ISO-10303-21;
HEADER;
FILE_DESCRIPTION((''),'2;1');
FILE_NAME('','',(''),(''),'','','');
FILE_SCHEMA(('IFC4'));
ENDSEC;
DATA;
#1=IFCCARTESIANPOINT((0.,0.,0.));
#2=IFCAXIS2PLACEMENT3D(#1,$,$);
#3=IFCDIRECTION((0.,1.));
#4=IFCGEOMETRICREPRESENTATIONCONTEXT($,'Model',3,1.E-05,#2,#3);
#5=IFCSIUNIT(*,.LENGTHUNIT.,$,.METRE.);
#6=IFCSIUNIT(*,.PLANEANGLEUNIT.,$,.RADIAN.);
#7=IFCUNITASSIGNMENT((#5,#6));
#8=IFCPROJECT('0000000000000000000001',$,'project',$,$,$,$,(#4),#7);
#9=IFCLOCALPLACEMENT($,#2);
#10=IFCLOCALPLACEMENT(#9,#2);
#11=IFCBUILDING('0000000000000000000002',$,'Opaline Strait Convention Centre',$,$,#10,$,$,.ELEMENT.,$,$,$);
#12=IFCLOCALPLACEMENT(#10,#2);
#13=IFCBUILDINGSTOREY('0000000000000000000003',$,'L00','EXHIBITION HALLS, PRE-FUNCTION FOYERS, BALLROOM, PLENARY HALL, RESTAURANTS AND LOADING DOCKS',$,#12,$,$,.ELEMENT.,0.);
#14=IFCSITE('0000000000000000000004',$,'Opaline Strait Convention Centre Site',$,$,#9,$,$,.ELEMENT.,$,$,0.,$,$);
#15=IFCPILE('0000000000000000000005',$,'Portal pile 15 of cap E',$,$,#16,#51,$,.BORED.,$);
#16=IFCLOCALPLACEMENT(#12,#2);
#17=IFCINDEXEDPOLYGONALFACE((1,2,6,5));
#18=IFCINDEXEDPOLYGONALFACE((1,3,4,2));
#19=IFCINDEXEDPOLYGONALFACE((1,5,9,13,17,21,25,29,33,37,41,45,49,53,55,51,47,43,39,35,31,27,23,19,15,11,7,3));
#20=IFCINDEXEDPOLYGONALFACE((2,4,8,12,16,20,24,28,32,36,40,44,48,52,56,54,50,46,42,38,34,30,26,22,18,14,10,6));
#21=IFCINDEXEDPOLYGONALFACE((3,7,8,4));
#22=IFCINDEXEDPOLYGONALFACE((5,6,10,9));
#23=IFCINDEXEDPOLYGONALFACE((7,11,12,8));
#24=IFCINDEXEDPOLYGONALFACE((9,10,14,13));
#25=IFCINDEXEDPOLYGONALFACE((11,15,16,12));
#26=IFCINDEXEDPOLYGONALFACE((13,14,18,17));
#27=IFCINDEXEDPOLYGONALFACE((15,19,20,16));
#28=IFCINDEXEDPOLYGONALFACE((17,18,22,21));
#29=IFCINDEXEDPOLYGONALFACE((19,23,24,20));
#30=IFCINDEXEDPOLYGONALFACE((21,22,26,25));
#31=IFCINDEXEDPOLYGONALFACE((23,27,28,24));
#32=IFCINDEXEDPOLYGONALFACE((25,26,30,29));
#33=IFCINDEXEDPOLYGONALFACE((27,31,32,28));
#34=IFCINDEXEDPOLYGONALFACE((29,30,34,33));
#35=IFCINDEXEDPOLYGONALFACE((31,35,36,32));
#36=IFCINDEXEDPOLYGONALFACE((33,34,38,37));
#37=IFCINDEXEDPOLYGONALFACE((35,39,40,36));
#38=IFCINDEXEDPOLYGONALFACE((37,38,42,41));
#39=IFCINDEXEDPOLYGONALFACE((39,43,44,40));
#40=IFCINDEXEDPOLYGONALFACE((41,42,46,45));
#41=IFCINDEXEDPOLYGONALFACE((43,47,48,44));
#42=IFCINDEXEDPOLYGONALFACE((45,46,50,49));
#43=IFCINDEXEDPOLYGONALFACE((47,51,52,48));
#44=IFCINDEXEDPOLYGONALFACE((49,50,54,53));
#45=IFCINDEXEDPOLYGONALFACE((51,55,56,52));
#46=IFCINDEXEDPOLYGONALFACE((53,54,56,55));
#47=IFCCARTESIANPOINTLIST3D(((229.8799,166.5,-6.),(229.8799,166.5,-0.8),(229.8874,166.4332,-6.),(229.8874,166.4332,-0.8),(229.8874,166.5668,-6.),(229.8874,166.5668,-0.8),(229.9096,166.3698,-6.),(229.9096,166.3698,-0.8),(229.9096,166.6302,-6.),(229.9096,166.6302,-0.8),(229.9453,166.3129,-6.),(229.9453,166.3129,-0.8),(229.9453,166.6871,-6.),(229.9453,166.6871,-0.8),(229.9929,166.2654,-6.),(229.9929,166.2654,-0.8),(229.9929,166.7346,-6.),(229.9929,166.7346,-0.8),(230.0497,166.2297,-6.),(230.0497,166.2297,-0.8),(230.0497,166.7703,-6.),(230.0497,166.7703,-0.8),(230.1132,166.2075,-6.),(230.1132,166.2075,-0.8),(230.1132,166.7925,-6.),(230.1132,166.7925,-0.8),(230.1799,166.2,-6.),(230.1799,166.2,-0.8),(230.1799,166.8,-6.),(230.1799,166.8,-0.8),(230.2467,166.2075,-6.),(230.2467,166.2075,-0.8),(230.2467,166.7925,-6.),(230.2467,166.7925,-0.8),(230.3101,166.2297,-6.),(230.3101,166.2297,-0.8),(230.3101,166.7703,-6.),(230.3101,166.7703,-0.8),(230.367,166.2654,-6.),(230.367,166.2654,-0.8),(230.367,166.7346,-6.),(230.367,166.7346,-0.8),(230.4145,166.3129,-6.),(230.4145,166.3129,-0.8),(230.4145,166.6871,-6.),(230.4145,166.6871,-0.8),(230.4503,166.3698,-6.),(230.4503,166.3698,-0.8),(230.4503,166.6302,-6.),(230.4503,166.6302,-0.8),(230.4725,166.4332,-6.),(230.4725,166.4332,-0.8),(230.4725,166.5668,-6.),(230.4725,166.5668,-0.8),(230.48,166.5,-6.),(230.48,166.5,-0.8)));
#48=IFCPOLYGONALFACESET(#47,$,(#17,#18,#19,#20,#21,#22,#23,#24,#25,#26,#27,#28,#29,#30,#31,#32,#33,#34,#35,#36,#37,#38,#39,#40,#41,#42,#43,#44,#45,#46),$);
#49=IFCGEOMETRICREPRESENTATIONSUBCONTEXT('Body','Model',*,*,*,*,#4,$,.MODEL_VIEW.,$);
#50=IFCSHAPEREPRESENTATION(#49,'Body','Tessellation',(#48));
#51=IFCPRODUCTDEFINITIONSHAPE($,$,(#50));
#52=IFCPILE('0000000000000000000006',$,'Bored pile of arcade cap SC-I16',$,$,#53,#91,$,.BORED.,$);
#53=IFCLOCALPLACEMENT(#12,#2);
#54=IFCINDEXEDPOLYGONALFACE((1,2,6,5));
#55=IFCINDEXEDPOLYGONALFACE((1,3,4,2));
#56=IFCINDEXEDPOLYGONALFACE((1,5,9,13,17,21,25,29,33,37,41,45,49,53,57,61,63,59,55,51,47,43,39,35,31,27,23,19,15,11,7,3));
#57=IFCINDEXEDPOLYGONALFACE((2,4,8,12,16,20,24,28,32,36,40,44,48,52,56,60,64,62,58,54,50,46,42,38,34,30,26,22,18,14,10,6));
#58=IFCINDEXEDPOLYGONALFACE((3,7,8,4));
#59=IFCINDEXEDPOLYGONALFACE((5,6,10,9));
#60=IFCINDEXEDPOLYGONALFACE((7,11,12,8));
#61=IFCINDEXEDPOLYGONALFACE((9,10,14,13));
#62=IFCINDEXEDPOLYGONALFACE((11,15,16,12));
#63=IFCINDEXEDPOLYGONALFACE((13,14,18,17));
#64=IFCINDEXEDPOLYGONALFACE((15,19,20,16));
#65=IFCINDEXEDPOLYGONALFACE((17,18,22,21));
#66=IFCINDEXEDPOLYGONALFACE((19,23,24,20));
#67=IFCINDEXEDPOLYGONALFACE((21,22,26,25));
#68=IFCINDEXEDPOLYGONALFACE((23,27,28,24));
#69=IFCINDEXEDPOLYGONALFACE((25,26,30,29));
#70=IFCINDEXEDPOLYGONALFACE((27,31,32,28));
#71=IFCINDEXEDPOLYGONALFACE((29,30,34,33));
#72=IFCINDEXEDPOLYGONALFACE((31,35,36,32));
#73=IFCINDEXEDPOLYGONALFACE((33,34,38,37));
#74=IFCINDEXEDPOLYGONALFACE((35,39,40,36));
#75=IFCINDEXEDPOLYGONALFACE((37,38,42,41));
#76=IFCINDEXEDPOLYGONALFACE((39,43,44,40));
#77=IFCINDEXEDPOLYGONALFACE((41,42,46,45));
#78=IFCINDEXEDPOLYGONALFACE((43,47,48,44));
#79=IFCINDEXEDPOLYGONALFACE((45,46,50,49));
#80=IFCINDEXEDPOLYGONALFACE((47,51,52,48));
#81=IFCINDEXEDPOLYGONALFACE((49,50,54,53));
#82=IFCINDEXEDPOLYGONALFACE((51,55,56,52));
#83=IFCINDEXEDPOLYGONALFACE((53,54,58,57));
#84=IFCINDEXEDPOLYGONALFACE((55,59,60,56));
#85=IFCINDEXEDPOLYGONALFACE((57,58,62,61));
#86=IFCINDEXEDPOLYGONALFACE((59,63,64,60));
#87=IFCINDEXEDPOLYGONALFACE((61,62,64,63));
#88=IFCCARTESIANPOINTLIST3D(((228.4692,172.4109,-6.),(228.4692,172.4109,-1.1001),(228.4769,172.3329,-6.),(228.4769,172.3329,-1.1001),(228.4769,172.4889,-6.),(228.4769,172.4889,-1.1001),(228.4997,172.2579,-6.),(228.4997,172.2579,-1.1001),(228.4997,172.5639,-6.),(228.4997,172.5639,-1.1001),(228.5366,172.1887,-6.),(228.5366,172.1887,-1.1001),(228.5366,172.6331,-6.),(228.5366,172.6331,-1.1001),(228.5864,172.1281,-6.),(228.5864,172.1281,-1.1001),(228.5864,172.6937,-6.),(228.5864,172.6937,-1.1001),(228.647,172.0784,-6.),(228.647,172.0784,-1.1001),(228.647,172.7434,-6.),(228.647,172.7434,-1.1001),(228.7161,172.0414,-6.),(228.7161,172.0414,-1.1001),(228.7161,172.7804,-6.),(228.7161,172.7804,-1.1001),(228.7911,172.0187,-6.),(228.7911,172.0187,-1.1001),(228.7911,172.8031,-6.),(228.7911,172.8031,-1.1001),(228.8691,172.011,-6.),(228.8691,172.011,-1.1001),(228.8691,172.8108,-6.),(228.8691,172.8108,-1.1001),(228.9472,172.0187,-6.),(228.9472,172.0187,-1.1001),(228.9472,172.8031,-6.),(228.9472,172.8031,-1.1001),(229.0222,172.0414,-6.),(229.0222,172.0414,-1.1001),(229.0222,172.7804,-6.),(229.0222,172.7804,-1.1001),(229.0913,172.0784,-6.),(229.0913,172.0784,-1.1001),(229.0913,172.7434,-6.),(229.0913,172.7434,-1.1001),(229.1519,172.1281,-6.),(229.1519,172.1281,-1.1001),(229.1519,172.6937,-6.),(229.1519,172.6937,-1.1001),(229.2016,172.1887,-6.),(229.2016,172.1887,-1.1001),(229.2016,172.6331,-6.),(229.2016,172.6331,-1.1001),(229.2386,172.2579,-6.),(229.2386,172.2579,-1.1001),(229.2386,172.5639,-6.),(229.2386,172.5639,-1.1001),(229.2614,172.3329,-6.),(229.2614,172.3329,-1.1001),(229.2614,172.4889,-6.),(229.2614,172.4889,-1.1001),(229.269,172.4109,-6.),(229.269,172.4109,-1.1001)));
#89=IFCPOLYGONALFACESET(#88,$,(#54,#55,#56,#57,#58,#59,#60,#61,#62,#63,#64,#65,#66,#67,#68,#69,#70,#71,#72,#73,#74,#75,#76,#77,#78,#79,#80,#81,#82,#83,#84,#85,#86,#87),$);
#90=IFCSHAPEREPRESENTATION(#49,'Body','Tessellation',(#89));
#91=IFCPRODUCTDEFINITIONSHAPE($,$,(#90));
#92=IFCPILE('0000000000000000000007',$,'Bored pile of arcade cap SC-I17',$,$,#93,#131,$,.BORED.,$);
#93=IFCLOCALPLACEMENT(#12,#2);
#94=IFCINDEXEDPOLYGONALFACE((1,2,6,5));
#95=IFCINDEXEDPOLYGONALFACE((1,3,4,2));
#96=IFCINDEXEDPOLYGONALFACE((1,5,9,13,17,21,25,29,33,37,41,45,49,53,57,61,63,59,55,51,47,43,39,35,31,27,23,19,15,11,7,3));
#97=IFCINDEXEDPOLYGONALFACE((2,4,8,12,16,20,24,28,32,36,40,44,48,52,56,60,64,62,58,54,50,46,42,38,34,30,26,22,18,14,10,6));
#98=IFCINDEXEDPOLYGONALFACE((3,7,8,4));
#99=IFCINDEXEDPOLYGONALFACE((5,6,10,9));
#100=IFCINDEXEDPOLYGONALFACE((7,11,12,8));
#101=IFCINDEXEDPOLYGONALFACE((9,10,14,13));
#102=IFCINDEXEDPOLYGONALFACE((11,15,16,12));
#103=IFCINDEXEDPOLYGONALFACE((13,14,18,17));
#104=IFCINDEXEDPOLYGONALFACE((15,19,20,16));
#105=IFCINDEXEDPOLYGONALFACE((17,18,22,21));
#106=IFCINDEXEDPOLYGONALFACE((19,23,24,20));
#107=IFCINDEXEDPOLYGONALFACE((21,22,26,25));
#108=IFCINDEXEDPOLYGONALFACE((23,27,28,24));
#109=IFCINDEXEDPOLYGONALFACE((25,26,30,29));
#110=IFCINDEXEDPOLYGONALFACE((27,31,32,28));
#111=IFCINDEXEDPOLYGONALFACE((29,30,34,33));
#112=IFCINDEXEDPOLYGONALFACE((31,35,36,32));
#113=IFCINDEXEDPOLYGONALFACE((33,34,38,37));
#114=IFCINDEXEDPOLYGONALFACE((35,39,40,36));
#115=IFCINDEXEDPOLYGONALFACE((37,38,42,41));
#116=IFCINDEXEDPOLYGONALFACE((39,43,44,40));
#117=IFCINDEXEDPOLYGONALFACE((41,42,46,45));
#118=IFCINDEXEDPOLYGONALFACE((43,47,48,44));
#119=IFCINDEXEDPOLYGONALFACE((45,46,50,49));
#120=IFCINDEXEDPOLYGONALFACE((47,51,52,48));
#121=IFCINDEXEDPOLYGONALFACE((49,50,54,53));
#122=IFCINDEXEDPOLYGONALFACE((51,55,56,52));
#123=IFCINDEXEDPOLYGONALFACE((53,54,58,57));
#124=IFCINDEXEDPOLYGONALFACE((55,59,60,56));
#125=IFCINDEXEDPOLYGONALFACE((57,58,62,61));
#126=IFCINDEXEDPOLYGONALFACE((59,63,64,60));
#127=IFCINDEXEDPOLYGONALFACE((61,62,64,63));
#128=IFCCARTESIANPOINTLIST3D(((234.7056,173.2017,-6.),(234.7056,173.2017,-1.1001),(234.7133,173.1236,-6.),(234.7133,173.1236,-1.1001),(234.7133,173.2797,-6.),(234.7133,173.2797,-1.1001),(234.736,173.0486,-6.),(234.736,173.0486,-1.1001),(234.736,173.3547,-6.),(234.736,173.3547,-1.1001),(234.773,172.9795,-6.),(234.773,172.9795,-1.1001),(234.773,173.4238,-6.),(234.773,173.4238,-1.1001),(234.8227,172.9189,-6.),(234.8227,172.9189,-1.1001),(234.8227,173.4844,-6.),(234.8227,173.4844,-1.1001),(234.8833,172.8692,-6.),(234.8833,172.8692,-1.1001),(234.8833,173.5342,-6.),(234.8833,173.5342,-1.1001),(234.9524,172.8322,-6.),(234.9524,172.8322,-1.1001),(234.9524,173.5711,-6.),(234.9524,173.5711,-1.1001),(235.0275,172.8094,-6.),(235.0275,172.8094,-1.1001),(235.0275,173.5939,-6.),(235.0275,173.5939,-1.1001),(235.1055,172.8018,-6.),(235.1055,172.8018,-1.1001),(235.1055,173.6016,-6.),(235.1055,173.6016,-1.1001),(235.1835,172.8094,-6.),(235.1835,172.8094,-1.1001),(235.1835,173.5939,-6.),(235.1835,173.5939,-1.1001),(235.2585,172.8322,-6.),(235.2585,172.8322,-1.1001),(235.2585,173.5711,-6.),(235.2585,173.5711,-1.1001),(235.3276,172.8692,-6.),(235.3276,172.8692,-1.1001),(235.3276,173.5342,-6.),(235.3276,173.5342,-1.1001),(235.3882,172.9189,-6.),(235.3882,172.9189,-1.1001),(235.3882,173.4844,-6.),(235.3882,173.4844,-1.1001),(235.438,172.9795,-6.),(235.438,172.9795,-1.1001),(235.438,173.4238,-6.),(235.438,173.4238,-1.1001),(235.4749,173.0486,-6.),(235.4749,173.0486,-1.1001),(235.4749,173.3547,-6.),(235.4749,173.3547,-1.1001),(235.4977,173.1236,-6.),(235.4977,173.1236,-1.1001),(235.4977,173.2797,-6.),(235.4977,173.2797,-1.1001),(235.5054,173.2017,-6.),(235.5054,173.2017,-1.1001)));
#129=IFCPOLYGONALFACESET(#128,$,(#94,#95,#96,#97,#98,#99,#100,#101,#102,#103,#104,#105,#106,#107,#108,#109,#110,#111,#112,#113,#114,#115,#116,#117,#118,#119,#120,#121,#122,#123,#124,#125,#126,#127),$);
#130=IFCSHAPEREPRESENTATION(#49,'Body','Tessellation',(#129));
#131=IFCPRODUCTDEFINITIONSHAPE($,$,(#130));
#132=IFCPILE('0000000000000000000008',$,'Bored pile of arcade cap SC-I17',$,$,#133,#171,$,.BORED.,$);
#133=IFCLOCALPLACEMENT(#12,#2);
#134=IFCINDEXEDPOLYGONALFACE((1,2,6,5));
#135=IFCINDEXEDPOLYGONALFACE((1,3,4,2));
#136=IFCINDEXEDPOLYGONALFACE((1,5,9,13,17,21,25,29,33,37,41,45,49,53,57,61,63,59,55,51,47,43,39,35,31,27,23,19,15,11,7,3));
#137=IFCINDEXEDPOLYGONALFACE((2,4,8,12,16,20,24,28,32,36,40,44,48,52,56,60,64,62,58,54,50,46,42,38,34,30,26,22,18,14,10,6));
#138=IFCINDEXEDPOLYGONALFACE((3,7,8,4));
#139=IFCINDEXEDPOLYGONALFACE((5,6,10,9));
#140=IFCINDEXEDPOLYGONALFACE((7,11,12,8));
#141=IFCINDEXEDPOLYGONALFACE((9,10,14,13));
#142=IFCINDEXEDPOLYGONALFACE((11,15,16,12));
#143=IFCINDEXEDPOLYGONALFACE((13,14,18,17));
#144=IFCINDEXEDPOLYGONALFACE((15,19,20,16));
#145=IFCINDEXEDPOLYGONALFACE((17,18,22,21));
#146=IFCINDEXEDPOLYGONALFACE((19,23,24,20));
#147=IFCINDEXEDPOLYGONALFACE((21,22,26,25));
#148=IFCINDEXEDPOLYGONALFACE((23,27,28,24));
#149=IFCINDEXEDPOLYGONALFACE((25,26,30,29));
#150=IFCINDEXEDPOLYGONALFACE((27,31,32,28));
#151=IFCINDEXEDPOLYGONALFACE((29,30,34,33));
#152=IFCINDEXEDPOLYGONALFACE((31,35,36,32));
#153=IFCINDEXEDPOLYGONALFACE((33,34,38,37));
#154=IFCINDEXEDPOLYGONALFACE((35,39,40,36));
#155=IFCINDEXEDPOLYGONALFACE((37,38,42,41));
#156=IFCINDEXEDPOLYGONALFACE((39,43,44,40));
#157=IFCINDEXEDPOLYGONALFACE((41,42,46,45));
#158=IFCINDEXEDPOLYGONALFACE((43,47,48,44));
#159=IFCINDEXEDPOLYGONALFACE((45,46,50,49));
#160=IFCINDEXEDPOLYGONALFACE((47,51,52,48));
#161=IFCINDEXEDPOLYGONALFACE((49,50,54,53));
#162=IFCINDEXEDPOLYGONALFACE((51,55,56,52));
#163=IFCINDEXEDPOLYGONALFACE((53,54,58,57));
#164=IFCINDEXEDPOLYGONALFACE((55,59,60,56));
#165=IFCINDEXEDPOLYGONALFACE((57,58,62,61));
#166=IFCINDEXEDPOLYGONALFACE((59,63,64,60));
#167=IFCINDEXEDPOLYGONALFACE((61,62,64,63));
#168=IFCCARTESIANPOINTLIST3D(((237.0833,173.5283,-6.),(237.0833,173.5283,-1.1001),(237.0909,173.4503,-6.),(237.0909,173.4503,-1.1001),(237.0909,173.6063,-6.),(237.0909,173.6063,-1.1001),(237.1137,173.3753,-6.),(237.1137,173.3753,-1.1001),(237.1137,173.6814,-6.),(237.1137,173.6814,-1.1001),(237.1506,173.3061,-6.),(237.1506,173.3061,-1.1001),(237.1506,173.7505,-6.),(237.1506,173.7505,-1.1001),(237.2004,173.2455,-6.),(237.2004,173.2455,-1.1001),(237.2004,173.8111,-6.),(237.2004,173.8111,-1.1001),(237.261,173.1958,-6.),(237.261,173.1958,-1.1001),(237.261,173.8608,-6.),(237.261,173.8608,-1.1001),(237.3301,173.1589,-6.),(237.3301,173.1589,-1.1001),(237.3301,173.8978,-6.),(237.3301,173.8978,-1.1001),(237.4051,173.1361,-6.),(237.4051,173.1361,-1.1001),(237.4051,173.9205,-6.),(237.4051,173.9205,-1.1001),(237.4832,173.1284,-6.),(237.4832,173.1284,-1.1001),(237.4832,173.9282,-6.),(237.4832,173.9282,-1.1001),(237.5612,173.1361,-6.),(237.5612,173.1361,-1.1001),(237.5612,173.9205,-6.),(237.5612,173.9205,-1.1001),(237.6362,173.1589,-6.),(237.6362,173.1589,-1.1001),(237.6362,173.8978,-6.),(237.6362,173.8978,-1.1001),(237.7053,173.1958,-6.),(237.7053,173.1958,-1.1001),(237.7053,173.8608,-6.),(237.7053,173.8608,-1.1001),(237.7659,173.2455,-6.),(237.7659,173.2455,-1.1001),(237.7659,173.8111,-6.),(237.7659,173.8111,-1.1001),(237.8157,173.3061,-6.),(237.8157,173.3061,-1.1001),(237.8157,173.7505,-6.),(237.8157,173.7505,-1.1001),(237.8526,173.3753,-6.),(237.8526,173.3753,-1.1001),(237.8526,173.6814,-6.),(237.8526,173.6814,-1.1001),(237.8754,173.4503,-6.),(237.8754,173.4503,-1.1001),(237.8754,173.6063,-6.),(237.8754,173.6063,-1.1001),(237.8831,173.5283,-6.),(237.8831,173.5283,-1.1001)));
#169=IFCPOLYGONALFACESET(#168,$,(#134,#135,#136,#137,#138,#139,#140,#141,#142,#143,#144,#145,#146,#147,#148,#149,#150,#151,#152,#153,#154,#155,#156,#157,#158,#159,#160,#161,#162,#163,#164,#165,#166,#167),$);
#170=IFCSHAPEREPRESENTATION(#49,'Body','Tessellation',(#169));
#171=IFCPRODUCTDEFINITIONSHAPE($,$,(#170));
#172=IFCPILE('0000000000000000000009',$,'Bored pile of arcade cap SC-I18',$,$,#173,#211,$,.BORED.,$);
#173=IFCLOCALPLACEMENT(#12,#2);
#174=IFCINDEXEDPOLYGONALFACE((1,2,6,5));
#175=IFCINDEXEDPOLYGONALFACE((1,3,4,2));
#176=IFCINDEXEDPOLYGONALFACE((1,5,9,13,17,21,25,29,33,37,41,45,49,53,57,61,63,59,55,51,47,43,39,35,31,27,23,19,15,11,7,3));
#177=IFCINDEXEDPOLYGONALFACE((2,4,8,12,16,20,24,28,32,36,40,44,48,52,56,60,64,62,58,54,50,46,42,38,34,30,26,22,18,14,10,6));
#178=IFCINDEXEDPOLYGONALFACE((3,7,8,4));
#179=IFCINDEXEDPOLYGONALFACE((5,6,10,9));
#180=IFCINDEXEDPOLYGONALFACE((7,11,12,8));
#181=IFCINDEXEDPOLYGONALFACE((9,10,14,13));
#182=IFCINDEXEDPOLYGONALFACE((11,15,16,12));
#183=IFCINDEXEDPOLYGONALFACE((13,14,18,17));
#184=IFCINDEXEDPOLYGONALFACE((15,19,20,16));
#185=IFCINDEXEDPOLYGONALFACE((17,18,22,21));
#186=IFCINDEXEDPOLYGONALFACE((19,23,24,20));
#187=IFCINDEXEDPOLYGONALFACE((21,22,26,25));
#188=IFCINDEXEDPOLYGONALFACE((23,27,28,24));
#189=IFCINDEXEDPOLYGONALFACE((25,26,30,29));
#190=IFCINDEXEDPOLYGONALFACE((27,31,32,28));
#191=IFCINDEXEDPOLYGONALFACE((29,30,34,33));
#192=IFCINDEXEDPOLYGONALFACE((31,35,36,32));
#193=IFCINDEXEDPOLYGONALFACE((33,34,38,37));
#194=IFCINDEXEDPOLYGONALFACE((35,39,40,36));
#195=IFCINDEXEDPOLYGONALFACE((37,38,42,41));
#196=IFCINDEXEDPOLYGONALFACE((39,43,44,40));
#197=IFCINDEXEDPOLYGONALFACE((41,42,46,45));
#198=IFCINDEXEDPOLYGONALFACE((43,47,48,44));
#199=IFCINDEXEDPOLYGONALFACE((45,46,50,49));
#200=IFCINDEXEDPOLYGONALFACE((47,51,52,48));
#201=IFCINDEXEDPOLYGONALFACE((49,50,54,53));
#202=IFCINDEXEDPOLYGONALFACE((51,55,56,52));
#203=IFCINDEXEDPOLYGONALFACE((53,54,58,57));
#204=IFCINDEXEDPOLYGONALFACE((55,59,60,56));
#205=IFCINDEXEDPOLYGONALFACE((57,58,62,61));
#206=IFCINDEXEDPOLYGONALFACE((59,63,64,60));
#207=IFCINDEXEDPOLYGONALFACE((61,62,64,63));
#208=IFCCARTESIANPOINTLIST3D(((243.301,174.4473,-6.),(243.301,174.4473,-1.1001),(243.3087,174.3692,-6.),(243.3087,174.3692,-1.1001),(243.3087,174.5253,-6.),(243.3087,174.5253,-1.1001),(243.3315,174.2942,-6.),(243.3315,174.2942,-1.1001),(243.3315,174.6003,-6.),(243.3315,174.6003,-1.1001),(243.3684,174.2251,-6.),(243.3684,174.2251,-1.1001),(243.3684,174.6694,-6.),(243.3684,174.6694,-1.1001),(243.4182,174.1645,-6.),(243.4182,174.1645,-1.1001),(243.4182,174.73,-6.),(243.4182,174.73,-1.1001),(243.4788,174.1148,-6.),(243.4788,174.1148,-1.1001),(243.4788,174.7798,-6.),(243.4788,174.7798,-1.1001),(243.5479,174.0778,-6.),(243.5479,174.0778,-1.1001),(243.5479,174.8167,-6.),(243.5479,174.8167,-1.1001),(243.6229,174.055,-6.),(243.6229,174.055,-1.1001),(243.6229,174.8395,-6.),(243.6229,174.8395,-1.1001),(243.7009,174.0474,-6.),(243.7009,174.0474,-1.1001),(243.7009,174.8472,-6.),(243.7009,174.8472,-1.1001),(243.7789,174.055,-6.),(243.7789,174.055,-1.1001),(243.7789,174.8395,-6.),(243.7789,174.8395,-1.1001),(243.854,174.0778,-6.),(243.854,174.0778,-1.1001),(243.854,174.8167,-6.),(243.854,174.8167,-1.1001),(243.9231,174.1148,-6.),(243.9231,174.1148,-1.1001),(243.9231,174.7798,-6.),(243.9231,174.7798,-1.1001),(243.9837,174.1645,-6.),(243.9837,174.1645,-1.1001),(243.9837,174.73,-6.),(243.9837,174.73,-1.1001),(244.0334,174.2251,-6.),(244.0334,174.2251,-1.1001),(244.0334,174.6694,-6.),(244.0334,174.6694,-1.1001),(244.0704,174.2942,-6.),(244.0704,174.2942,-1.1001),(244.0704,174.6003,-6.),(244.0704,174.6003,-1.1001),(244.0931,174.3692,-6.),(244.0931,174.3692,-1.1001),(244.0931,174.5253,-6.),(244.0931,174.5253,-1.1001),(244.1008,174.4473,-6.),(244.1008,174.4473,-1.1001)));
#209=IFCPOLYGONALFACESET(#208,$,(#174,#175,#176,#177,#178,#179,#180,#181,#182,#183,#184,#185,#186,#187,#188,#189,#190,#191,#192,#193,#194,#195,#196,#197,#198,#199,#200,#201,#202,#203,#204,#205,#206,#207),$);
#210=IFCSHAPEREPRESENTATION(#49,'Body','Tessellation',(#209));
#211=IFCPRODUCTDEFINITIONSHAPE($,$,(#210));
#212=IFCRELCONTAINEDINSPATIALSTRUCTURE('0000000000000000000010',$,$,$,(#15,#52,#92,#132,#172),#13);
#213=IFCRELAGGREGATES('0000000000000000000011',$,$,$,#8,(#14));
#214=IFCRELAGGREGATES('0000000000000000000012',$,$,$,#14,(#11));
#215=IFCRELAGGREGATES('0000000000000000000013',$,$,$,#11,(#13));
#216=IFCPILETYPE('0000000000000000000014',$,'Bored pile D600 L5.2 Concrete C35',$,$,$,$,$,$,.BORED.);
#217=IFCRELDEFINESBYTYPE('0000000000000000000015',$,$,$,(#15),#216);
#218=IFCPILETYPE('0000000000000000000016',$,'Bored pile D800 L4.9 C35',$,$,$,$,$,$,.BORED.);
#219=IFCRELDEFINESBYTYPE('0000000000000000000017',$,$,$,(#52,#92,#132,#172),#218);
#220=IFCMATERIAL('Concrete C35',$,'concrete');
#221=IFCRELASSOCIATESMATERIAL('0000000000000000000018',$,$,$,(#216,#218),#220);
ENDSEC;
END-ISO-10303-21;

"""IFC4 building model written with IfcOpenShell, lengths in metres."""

from ifc_helpers import new_model, si_unit, direction, frame, origin, origin_2d, place, context, subcontext, project, spatial, circle, extrude, material, material_profile, profile_set, type_object, element, save


model = new_model("IFC4")

# Units and contexts
model_context = context("Model", 3, precision=1e-05, world=origin(), true_north=direction((0.0, 1.0)))
body_context = subcontext(model_context, "Body", "Model", "MODEL_VIEW")
ifc_project = project(units=[si_unit("LENGTHUNIT", "METRE"), si_unit("PLANEANGLEUNIT", "RADIAN")], contexts=[model_context])

# Site, building, storey
site_placement = place(None, origin())
site = spatial("IfcSite", under=ifc_project, at=site_placement, Name="Opaline Strait Convention Centre Site", CompositionType="ELEMENT", RefElevation=0.0)
building_placement = place(site_placement, origin())
building = spatial("IfcBuilding", under=site, at=building_placement, Name="Opaline Strait Convention Centre", CompositionType="ELEMENT")
storey_placement = place(building_placement, origin())
storey = spatial("IfcBuildingStorey", under=building, at=storey_placement, Name="L00", Description="EXHIBITION HALLS, PRE-FUNCTION FOYERS, BALLROOM, PLENARY HALL, RESTAURANTS AND LOADING DOCKS", CompositionType="ELEMENT", Elevation=0.0)

# Piles
ifc_material_1 = material(Name="Concrete C35", Category="concrete")
ifc_material_profile_1 = material_profile(ifc_material_1, circle(Radius=0.3, at=origin_2d()), Name="D600")
ifc_profile_set_1 = profile_set([ifc_material_profile_1], Name="Concrete C35")
pile_type_1 = type_object("IfcPileType", Name="Bored pile D600 L5.2 Concrete C35", PredefinedType="BORED", material=ifc_profile_set_1)
pile_placement = place(storey_placement, frame((230.1799, 166.5, -0.8), z_axis=(0.0, 0.0, -1.0), x_axis=(1.0, 0.0, 0.0)))
element("IfcPile", 1, at=pile_placement, inside=storey, type_object=pile_type_1, Name="Portal pile 15 of cap E", PredefinedType="BORED", context=body_context, shape_type="SweptSolid", body=[
    extrude(circle(Radius=0.3, at=origin_2d()), origin(), (0.0, 0.0, 1.0), 5.2),
])
ifc_material_profile_2 = material_profile(ifc_material_1, circle(Radius=0.3999, at=origin_2d()), Name="D800")
ifc_profile_set_2 = profile_set([ifc_material_profile_2], Name="Concrete C35")
pile_type_2 = type_object("IfcPileType", Name="Bored pile D800 L4.9 C35", PredefinedType="BORED", material=ifc_profile_set_2)
for number, where, z_axis, x_axis, name in (
    (2, (228.8691, 172.4109, -1.1001), (0.0, 0.0, -1.0), (1.0, 0.0, 0.0), "Bored pile of arcade cap SC-I16"),
    (3, (235.1055, 173.2017, -1.1001), (0.0, 0.0, -1.0), (1.0, 0.0, 0.0), "Bored pile of arcade cap SC-I17"),
    (4, (237.4832, 173.5283, -1.1001), (0.0, 0.0, -1.0), (1.0, 0.0, 0.0), "Bored pile of arcade cap SC-I17"),
    (5, (243.7009, 174.4473, -1.1001), (0.0, 0.0, -1.0), (1.0, 0.0, 0.0), "Bored pile of arcade cap SC-I18"),
):
    element("IfcPile", number, at=place(storey_placement, frame(where, z_axis=z_axis, x_axis=x_axis)), inside=storey, type_object=pile_type_2, Name=name, PredefinedType="BORED", context=body_context, shape_type="SweptSolid", body=[
        extrude(circle(Radius=0.3999, at=origin_2d()), origin(), (0.0, 0.0, 1.0), 4.8999),
    ])

save(model, "model.ifc")
